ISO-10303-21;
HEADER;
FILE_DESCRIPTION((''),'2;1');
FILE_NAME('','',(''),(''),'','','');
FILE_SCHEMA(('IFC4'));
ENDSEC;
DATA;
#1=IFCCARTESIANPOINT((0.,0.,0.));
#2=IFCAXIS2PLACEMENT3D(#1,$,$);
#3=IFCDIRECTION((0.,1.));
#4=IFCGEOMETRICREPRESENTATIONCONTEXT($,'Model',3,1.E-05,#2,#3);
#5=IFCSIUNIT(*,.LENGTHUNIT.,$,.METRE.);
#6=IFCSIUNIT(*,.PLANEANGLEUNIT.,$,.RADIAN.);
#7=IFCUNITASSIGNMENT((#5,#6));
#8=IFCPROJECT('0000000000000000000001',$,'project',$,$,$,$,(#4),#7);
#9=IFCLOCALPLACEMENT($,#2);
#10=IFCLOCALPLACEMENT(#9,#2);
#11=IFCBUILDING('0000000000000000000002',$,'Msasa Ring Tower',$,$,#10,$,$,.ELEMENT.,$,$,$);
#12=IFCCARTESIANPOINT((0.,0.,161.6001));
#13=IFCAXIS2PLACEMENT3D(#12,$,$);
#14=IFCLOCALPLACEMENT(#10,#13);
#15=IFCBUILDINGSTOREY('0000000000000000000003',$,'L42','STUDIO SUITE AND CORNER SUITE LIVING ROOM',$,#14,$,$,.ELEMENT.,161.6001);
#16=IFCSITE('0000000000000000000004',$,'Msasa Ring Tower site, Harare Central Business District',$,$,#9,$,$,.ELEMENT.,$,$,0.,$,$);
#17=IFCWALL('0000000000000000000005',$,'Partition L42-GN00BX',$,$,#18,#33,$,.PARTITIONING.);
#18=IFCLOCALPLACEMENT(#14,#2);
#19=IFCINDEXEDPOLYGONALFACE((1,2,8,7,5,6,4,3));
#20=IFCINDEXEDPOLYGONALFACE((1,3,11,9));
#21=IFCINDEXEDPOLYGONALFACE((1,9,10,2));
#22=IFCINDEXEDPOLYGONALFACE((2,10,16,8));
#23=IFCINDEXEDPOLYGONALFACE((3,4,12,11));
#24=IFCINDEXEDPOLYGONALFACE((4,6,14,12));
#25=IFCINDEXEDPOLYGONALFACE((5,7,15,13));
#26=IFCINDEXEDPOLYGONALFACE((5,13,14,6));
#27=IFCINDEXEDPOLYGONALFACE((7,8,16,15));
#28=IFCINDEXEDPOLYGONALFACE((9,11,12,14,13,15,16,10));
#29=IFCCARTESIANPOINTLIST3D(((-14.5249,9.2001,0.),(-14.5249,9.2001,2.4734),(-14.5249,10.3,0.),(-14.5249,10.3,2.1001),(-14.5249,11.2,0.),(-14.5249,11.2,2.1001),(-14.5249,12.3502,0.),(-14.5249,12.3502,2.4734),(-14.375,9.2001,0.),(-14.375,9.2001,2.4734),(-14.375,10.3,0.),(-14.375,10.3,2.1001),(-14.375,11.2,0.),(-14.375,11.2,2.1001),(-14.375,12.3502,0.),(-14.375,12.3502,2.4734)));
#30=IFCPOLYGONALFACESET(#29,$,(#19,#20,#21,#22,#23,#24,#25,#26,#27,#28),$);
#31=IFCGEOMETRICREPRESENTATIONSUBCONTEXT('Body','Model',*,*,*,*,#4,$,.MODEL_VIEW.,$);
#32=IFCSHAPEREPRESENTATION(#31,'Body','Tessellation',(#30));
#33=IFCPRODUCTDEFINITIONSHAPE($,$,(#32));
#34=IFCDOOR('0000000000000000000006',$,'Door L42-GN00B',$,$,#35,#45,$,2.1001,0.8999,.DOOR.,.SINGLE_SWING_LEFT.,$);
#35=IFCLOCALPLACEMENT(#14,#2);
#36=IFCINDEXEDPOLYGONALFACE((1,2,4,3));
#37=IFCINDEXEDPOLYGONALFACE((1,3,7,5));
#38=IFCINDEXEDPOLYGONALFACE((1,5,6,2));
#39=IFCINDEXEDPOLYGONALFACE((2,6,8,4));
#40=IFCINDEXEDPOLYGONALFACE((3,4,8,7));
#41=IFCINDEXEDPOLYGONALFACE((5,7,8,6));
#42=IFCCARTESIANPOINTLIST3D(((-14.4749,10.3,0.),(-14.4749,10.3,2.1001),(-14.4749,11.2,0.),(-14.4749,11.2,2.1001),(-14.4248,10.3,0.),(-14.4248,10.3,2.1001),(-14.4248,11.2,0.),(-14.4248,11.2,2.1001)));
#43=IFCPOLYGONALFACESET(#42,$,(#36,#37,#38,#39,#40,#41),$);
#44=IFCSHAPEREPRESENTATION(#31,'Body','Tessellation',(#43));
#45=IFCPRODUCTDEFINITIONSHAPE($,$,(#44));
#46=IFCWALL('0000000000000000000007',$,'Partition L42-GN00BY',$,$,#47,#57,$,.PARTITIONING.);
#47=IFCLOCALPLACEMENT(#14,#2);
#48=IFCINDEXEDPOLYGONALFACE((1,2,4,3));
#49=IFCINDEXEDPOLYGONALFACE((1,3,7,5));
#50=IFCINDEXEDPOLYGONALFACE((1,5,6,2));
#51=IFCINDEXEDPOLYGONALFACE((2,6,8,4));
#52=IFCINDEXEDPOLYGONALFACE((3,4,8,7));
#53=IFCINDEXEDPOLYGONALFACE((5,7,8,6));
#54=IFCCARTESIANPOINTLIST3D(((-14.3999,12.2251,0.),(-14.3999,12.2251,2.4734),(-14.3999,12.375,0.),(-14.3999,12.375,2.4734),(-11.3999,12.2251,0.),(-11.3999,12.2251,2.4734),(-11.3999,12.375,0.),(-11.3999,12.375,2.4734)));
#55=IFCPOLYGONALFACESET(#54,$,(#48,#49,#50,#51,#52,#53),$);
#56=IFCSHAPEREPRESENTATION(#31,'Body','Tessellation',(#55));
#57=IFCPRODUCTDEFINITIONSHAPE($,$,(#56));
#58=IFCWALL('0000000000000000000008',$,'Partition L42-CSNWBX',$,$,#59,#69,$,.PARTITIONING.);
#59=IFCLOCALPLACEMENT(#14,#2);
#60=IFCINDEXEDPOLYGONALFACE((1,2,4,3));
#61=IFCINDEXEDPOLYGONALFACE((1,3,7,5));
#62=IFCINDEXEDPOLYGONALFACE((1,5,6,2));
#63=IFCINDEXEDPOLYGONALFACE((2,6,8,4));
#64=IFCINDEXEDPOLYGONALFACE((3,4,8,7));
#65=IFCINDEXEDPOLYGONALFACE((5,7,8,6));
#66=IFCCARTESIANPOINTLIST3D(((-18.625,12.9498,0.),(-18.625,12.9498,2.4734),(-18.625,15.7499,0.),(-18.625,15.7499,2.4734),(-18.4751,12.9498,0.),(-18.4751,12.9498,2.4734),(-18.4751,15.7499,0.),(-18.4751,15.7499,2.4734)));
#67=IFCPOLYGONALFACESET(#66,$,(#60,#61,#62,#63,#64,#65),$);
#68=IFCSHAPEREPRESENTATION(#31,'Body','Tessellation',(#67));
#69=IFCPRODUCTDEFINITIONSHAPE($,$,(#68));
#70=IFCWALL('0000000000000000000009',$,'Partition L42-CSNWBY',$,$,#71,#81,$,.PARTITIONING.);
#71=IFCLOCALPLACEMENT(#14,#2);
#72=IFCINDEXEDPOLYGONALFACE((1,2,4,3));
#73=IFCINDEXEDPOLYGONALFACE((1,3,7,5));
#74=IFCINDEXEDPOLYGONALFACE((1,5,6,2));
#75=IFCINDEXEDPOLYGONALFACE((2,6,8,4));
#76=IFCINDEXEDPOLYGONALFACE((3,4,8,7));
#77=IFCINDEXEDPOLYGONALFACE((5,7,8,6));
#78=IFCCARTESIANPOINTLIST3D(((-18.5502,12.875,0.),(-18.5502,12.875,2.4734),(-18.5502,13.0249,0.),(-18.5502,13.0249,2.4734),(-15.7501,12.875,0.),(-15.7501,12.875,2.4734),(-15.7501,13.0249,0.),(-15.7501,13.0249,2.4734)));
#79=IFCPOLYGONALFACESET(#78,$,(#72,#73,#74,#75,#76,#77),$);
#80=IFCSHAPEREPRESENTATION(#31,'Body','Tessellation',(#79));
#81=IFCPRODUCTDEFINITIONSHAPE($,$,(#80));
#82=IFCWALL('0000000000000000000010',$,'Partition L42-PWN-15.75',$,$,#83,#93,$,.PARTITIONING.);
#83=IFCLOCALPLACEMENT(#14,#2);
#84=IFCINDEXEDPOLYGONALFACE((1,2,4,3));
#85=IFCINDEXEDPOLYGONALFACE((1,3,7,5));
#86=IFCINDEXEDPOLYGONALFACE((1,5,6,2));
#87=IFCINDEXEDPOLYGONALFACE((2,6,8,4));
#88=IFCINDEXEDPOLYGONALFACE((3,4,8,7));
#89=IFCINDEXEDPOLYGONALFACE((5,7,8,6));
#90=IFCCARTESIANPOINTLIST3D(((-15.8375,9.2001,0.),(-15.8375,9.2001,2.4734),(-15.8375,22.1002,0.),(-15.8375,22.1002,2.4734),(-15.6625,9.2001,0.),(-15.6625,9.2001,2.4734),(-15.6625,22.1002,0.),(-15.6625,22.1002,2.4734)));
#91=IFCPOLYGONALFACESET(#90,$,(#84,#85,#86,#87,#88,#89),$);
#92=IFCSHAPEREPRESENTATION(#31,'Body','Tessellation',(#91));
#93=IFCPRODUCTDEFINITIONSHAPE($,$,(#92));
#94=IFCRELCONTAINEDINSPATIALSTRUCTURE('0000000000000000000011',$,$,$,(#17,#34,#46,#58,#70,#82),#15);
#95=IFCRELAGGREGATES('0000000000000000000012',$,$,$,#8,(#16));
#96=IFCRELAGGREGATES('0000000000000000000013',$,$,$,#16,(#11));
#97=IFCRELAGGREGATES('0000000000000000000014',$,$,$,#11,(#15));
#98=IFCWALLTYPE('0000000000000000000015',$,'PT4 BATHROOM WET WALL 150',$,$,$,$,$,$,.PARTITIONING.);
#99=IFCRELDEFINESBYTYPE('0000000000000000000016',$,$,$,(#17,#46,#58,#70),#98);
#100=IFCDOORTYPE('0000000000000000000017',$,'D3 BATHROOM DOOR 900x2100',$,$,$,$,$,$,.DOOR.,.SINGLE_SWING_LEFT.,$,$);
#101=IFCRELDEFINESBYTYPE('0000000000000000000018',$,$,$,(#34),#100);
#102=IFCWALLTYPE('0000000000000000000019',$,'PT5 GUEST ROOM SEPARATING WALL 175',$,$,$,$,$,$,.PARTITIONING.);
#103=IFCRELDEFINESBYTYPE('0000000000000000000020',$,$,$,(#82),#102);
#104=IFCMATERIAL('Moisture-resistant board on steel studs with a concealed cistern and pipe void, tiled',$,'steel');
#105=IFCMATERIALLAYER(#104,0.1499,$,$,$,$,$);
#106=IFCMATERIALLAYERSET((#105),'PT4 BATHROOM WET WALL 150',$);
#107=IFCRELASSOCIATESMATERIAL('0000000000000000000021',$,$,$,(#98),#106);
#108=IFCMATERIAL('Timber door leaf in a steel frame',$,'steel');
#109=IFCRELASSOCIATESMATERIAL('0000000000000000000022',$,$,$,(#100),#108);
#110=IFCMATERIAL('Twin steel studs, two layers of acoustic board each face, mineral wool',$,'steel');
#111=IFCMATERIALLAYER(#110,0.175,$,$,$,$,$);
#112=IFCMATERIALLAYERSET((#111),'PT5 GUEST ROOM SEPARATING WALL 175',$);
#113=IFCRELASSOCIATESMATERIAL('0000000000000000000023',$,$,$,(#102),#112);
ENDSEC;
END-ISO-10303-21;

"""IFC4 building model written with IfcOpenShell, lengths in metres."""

from ifc_helpers import new_model, si_unit, direction, frame, frame_2d, origin, place, context, subcontext, project, spatial, rectangle, extrude, material, layer, layer_set, type_object, element, fill, save


model = new_model("IFC4")

# Units and contexts
model_context = context("Model", 3, precision=1e-05, world=origin(), true_north=direction((0.0, 1.0)))
body_context = subcontext(model_context, "Body", "Model", "MODEL_VIEW")
ifc_project = project(units=[si_unit("LENGTHUNIT", "METRE"), si_unit("PLANEANGLEUNIT", "RADIAN")], contexts=[model_context])

# Site, building, storey
site_placement = place(None, origin())
site = spatial("IfcSite", under=ifc_project, at=site_placement, Name="Msasa Ring Tower site, Harare Central Business District", CompositionType="ELEMENT", RefElevation=0.0)
building_placement = place(site_placement, origin())
building = spatial("IfcBuilding", under=site, at=building_placement, Name="Msasa Ring Tower", CompositionType="ELEMENT")
storey_placement = place(building_placement, frame((0.0, 0.0, 161.6001)))
storey = spatial("IfcBuildingStorey", under=building, at=storey_placement, Name="L42", Description="STUDIO SUITE AND CORNER SUITE LIVING ROOM", CompositionType="ELEMENT", Elevation=161.6001)

# Wall, opening, door
ifc_material_1 = material(Name="Moisture-resistant board on steel studs with a concealed cistern and pipe void, tiled", Category="steel")
ifc_layer_1 = layer(ifc_material_1, 0.1499)
ifc_layer_set_1 = layer_set([ifc_layer_1], Name="PT4 BATHROOM WET WALL 150")
wall_type_1 = type_object("IfcWallType", Name="PT4 BATHROOM WET WALL 150", PredefinedType="PARTITIONING", material=ifc_layer_set_1)
wall_1_placement = place(storey_placement, frame((-14.45, 9.2, 0.0), z_axis=(0.0, 0.0, 1.0), x_axis=(0.0, 1.0, 0.0)))
wall_1 = element("IfcWall", 1, at=wall_1_placement, inside=storey, type_object=wall_type_1, Name="Partition L42-GN00BX", PredefinedType="PARTITIONING", context=body_context, shape_type="SweptSolid", body=[
    extrude(rectangle(XDim=3.1501, YDim=0.1499, at=frame_2d((1.5752, 0.0))), origin(), (0.0, 0.0, 1.0), 2.4734),
])
opening_1_placement = place(wall_1_placement, frame((1.1001, 0.0, 0.0)))
opening_1 = element("IfcOpeningElement", 2, at=opening_1_placement, cuts=wall_1, PredefinedType="OPENING", context=body_context, shape_type="SweptSolid", body=[
    extrude(rectangle(XDim=0.8999, YDim=2.1001, at=frame_2d((0.45, 1.05))), frame((0.0, 0.085, 0.0), z_axis=(0.0, -1.0, 0.0), x_axis=(1.0, 0.0, 0.0)), (0.0, 0.0, 1.0), 0.1699),
])
ifc_material_2 = material(Name="Timber door leaf in a steel frame", Category="steel")
door_type_1 = type_object("IfcDoorType", Name="D3 BATHROOM DOOR 900x2100", OperationType="SINGLE_SWING_LEFT", PredefinedType="DOOR", material=ifc_material_2)
door_1_placement = place(opening_1_placement, origin())
door_1 = element("IfcDoor", 3, at=door_1_placement, inside=storey, type_object=door_type_1, Name="Door L42-GN00B", OperationType="SINGLE_SWING_LEFT", OverallHeight=2.1001, OverallWidth=0.8999, PredefinedType="DOOR", context=body_context, shape_type="SweptSolid", body=[
    extrude(rectangle(XDim=0.8999, YDim=2.1001, at=frame_2d((0.45, 1.05))), frame((0.0, 0.0249, 0.0), z_axis=(0.0, -1.0, 0.0), x_axis=(1.0, 0.0, 0.0)), (0.0, 0.0, 1.0), 0.05),
])
fill(opening_1, door_1)

# Walls
wall_2_placement = place(storey_placement, frame((-14.3999, 12.3, 0.0), z_axis=(0.0, 0.0, 1.0), x_axis=(1.0, 0.0, 0.0)))
element("IfcWall", 4, at=wall_2_placement, inside=storey, type_object=wall_type_1, Name="Partition L42-GN00BY", PredefinedType="PARTITIONING", context=body_context, shape_type="SweptSolid", body=[
    extrude(rectangle(XDim=3.0, YDim=0.1499, at=frame_2d((1.5, 0.0))), origin(), (0.0, 0.0, 1.0), 2.4734),
])
for number, where, z_axis, x_axis, name in (
    (5, (-18.55, 12.95, 0.0), (0.0, 0.0, 1.0), (0.0, 1.0, 0.0), "Partition L42-CSNWBX"),
    (6, (-18.55, 12.95, 0.0), (0.0, 0.0, 1.0), (1.0, 0.0, 0.0), "Partition L42-CSNWBY"),
):
    element("IfcWall", number, at=place(storey_placement, frame(where, z_axis=z_axis, x_axis=x_axis)), inside=storey, type_object=wall_type_1, Name=name, PredefinedType="PARTITIONING", context=body_context, shape_type="SweptSolid", body=[
        extrude(rectangle(XDim=2.8, YDim=0.1499, at=frame_2d((1.3999, 0.0))), origin(), (0.0, 0.0, 1.0), 2.4734),
    ])
ifc_material_3 = material(Name="Twin steel studs, two layers of acoustic board each face, mineral wool", Category="steel")
ifc_layer_2 = layer(ifc_material_3, 0.175)
ifc_layer_set_2 = layer_set([ifc_layer_2], Name="PT5 GUEST ROOM SEPARATING WALL 175")
wall_type_2 = type_object("IfcWallType", Name="PT5 GUEST ROOM SEPARATING WALL 175", PredefinedType="PARTITIONING", material=ifc_layer_set_2)
wall_3_placement = place(storey_placement, frame((-15.75, 9.2, 0.0), z_axis=(0.0, 0.0, 1.0), x_axis=(0.0, 1.0, 0.0)))
element("IfcWall", 7, at=wall_3_placement, inside=storey, type_object=wall_type_2, Name="Partition L42-PWN-15.75", PredefinedType="PARTITIONING", context=body_context, shape_type="SweptSolid", body=[
    extrude(rectangle(XDim=12.9001, YDim=0.175, at=frame_2d((6.4502, 0.0))), origin(), (0.0, 0.0, 1.0), 2.4734),
])

save(model, "model.ifc")
